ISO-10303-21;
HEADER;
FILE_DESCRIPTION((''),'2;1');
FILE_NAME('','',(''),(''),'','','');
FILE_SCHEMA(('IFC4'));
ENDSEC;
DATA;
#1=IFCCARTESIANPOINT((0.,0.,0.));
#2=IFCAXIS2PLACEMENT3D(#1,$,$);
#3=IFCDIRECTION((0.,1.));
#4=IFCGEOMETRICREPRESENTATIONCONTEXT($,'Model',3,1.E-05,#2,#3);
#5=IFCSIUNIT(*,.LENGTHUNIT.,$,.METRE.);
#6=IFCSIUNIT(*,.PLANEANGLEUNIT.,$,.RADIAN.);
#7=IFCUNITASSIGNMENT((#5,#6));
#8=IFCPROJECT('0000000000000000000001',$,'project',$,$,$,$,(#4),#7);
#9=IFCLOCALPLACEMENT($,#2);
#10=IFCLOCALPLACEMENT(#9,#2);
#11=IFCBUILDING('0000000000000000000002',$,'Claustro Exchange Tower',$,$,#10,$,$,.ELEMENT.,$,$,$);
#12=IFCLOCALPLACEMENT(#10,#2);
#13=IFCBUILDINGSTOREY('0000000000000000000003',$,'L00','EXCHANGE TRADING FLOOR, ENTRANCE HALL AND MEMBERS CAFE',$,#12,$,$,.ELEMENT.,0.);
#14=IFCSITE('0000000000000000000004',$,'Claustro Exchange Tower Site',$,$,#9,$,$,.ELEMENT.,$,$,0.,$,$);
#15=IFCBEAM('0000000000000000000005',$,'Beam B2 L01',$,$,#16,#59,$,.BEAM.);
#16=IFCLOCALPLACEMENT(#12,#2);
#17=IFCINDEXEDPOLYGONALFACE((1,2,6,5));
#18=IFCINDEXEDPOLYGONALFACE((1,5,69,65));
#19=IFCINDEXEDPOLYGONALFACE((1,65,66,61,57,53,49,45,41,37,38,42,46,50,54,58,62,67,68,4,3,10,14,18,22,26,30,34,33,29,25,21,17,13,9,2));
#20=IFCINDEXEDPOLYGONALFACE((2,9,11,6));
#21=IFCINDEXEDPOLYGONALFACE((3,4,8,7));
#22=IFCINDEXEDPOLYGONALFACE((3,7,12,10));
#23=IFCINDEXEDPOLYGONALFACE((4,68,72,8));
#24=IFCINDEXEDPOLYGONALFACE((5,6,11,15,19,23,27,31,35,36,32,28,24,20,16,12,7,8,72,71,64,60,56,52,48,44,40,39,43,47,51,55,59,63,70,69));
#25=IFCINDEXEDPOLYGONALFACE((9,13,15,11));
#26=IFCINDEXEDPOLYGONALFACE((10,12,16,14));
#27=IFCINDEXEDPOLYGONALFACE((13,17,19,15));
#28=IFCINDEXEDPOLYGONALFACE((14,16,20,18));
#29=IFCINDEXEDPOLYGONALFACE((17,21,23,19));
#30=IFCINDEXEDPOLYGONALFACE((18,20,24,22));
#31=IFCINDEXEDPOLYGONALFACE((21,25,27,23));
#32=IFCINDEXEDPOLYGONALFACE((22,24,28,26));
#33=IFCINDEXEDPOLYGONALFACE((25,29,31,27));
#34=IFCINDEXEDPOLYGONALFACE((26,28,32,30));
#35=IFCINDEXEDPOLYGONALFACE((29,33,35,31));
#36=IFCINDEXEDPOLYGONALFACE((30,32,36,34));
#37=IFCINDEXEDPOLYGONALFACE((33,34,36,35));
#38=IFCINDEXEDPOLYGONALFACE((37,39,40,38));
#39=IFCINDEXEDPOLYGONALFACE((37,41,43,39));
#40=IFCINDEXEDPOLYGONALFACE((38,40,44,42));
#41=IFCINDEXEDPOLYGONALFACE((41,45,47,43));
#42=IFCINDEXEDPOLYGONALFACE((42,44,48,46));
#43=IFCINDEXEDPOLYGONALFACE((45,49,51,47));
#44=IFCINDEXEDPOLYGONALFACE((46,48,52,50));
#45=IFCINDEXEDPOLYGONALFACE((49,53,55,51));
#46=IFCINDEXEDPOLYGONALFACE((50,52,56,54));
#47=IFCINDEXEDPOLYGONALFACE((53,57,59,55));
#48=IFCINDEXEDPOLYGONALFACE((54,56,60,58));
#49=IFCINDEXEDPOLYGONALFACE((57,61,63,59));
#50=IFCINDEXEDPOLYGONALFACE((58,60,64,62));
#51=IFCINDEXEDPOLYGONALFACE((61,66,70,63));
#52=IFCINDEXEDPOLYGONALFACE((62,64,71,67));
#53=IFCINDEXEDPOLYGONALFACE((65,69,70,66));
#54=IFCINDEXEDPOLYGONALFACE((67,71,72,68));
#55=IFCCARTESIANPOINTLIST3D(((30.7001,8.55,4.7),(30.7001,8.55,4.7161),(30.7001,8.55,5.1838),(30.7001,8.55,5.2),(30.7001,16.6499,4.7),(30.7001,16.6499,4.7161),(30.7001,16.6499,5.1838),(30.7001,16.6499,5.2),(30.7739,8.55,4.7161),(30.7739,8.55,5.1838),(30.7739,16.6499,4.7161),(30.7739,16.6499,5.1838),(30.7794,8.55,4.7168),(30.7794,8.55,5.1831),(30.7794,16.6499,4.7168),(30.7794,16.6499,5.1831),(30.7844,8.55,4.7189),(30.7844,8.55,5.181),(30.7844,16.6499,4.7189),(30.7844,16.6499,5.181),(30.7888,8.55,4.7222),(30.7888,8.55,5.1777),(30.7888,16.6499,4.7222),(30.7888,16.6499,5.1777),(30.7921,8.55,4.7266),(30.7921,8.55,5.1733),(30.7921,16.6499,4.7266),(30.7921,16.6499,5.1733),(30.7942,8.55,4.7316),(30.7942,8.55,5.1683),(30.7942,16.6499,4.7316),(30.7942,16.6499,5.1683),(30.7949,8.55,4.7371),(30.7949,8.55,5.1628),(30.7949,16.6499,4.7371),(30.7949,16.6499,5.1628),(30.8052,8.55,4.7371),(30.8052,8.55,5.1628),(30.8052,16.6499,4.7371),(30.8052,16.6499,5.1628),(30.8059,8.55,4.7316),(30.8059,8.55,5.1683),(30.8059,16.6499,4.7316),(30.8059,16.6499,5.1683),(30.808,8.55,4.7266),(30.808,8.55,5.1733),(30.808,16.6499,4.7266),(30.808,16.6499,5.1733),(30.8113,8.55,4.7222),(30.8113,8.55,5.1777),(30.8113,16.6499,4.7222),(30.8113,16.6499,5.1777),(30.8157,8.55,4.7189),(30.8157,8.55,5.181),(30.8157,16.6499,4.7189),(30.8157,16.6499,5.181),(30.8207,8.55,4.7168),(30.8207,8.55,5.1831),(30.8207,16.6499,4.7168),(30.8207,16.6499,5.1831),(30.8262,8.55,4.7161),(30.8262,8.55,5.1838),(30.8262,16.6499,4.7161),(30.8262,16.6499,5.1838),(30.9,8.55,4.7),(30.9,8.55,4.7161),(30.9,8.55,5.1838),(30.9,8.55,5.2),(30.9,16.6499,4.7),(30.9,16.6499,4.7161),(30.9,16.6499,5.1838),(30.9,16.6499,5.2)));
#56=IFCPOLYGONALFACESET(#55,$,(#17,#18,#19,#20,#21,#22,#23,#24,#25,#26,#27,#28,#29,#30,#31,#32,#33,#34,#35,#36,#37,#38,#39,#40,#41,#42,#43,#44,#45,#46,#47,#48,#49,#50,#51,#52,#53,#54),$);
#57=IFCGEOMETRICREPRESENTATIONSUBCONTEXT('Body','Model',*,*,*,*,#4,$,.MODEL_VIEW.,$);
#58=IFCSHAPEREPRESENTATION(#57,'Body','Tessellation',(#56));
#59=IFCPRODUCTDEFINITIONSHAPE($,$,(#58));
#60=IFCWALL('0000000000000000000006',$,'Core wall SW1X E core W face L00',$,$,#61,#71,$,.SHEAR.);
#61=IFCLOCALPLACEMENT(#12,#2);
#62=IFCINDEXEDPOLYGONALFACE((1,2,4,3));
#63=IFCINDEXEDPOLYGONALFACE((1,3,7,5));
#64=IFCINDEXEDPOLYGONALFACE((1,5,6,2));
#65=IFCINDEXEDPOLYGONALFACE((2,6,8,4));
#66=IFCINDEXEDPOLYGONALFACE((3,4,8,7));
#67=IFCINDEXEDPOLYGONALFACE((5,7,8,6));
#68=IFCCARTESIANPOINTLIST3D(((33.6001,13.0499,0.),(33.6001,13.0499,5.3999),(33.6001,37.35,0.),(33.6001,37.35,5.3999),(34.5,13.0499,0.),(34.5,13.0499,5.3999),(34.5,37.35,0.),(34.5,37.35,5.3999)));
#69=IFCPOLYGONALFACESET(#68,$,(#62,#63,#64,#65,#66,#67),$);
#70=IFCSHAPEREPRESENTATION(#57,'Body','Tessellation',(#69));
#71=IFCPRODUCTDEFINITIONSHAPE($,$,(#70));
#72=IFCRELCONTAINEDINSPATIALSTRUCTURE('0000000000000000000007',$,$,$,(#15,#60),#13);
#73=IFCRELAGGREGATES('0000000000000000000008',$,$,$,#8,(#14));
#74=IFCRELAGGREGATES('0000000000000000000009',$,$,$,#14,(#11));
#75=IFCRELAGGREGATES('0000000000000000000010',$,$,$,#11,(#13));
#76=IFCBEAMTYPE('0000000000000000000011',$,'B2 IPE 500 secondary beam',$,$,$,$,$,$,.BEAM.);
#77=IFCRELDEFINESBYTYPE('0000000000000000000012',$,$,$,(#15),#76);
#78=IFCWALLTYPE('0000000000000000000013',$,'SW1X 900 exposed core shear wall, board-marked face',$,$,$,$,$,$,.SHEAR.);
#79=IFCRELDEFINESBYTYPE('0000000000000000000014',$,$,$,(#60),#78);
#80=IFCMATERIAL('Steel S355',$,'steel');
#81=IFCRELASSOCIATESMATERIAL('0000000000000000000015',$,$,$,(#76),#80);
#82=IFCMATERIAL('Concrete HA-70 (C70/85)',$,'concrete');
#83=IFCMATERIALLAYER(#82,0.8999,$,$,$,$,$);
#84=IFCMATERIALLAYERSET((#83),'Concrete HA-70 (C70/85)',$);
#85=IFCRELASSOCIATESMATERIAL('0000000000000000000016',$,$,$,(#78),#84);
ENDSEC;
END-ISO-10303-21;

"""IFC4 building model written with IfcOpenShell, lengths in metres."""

from ifc_helpers import new_model, si_unit, direction, frame, frame_2d, origin, origin_2d, place, context, subcontext, project, spatial, rectangle, i_section, extrude, material, layer, layer_set, material_profile, profile_set, type_object, element, save


model = new_model("IFC4")

# Units and contexts
model_context = context("Model", 3, precision=1e-05, world=origin(), true_north=direction((0.0, 1.0)))
body_context = subcontext(model_context, "Body", "Model", "MODEL_VIEW")
ifc_project = project(units=[si_unit("LENGTHUNIT", "METRE"), si_unit("PLANEANGLEUNIT", "RADIAN")], contexts=[model_context])

# Site, building, storey
site_placement = place(None, origin())
site = spatial("IfcSite", under=ifc_project, at=site_placement, Name="Claustro Exchange Tower Site", CompositionType="ELEMENT", RefElevation=0.0)
building_placement = place(site_placement, origin())
building = spatial("IfcBuilding", under=site, at=building_placement, Name="Claustro Exchange Tower", CompositionType="ELEMENT")
storey_placement = place(building_placement, origin())
storey = spatial("IfcBuildingStorey", under=building, at=storey_placement, Name="L00", Description="EXCHANGE TRADING FLOOR, ENTRANCE HALL AND MEMBERS CAFE", CompositionType="ELEMENT", Elevation=0.0)

# Beam
ifc_material_1 = material(Name="Steel S355", Category="steel")
ifc_material_profile = material_profile(ifc_material_1, i_section(OverallWidth=0.2, OverallDepth=0.5, WebThickness=0.0103, FlangeThickness=0.0161, FilletRadius=0.021, at=origin_2d()), Name="IPE 500")
ifc_profile_set = profile_set([ifc_material_profile], Name="Steel S355")
beam_type = type_object("IfcBeamType", Name="B2 IPE 500 secondary beam", PredefinedType="BEAM", material=ifc_profile_set)
beam_placement = place(storey_placement, frame((30.8, 8.55, 4.95), z_axis=(0.0, 1.0, 0.0), x_axis=(-1.0, 0.0, 0.0)))
element("IfcBeam", 1, at=beam_placement, inside=storey, type_object=beam_type, Name="Beam B2 L01", PredefinedType="BEAM", context=body_context, shape_type="SweptSolid", body=[
    extrude(i_section(OverallWidth=0.2, OverallDepth=0.5, WebThickness=0.0103, FlangeThickness=0.0161, FilletRadius=0.021, at=origin_2d()), origin(), (0.0, 0.0, 1.0), 8.0999),
])

# Wall
ifc_material_2 = material(Name="Concrete HA-70 (C70/85)", Category="concrete")
ifc_layer_1 = layer(ifc_material_2, 0.8999)
ifc_layer_set_1 = layer_set([ifc_layer_1], Name="Concrete HA-70 (C70/85)")
wall_type_1 = type_object("IfcWallType", Name="SW1X 900 exposed core shear wall, board-marked face", PredefinedType="SHEAR", material=ifc_layer_set_1)
wall_1_placement = place(storey_placement, frame((34.05, 13.05, 0.0), z_axis=(0.0, 0.0, 1.0), x_axis=(0.0, 1.0, 0.0)))
element("IfcWall", 2, at=wall_1_placement, inside=storey, type_object=wall_type_1, Name="Core wall SW1X E core W face L00", PredefinedType="SHEAR", context=body_context, shape_type="SweptSolid", body=[
    extrude(rectangle(XDim=24.3, YDim=0.8999, at=frame_2d((12.1499, 0.0))), origin(), (0.0, 0.0, 1.0), 5.3999),
])

save(model, "model.ifc")
